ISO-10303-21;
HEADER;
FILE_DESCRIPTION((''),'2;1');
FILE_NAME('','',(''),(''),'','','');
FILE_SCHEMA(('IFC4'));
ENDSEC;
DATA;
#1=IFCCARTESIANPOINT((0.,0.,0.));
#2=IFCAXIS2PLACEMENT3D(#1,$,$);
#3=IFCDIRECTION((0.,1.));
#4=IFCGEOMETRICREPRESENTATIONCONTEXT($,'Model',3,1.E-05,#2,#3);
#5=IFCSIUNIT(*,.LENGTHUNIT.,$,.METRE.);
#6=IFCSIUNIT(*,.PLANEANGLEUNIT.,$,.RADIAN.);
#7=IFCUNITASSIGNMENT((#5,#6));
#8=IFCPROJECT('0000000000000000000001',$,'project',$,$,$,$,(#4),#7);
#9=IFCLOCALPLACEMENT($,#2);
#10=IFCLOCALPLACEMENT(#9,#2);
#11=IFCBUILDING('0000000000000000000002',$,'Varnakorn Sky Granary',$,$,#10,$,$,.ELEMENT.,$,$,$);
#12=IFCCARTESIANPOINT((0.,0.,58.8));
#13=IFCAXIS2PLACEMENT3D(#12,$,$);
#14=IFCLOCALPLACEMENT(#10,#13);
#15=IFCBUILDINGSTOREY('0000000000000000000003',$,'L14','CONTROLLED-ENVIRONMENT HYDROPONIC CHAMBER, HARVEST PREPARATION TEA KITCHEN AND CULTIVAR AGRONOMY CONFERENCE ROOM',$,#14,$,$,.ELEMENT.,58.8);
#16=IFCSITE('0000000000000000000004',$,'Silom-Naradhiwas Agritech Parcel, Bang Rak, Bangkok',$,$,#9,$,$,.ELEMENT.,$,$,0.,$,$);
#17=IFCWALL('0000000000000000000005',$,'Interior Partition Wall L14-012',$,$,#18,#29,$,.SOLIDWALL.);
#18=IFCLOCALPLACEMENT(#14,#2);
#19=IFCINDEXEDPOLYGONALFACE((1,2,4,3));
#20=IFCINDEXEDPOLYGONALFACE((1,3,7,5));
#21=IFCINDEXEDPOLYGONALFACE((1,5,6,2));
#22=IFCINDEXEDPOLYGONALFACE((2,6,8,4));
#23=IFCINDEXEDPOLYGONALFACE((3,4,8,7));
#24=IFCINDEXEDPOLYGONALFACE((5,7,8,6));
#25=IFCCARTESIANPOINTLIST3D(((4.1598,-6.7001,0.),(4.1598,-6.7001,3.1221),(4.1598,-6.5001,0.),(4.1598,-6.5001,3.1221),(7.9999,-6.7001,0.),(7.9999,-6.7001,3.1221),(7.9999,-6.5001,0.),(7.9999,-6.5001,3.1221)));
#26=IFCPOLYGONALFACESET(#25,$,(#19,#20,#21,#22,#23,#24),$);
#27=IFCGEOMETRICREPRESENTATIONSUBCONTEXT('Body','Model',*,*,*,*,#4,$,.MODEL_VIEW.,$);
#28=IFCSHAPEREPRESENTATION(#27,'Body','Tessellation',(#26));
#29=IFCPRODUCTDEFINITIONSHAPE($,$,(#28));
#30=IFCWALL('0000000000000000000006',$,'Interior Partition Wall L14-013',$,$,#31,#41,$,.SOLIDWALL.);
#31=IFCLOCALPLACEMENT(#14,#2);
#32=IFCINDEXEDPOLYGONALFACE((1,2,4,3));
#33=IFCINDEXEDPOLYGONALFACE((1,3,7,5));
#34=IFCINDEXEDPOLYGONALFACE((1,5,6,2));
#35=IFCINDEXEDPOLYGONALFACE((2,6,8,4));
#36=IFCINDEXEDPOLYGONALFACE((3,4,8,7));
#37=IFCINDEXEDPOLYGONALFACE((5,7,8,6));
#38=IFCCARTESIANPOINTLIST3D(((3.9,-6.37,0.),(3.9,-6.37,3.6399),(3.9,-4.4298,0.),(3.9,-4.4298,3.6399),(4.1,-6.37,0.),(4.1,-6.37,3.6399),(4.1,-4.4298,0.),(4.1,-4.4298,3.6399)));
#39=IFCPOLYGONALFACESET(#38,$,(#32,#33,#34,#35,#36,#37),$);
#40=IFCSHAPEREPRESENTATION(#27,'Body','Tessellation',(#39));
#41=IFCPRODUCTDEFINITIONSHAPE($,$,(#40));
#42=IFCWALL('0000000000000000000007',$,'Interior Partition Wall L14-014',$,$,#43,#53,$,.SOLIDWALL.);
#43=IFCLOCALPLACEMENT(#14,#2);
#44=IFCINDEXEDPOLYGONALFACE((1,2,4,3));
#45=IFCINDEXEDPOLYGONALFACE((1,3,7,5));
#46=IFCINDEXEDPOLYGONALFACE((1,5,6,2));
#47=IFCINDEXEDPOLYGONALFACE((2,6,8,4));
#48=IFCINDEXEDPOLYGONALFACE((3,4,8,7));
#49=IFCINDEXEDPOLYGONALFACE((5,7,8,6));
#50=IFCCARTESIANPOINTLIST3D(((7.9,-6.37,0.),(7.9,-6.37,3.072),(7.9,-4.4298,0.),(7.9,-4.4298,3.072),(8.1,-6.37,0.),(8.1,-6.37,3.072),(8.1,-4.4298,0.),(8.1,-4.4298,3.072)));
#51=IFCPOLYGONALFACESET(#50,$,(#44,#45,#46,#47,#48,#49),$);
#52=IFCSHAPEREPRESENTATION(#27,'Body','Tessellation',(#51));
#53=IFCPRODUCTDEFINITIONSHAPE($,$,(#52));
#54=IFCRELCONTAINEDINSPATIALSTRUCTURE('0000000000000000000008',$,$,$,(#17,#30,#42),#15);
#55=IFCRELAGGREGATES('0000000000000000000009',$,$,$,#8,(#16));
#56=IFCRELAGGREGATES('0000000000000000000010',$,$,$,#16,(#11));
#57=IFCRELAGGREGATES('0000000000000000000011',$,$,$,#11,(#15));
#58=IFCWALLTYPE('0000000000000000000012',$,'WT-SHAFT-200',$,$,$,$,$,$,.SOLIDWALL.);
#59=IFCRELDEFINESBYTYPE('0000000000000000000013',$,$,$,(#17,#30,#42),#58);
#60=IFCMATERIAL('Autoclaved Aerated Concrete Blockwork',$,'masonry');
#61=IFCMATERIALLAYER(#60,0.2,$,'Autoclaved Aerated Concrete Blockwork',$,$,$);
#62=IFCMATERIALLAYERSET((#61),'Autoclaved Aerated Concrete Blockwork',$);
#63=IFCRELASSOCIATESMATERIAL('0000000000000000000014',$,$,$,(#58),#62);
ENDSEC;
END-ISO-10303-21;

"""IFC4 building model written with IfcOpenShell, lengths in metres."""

from ifc_helpers import new_model, si_unit, direction, frame, frame_2d, origin, place, context, subcontext, project, spatial, rectangle, extrude, material, layer, layer_set, type_object, element, save


model = new_model("IFC4")

# Units and contexts
model_context = context("Model", 3, precision=1e-05, world=origin(), true_north=direction((0.0, 1.0)))
body_context = subcontext(model_context, "Body", "Model", "MODEL_VIEW")
ifc_project = project(units=[si_unit("LENGTHUNIT", "METRE"), si_unit("PLANEANGLEUNIT", "RADIAN")], contexts=[model_context])

# Site, building, storey
site_placement = place(None, origin())
site = spatial("IfcSite", under=ifc_project, at=site_placement, Name="Silom-Naradhiwas Agritech Parcel, Bang Rak, Bangkok", CompositionType="ELEMENT", RefElevation=0.0)
building_placement = place(site_placement, origin())
building = spatial("IfcBuilding", under=site, at=building_placement, Name="Varnakorn Sky Granary", CompositionType="ELEMENT")
storey_placement = place(building_placement, frame((0.0, 0.0, 58.8)))
storey = spatial("IfcBuildingStorey", under=building, at=storey_placement, Name="L14", Description="CONTROLLED-ENVIRONMENT HYDROPONIC CHAMBER, HARVEST PREPARATION TEA KITCHEN AND CULTIVAR AGRONOMY CONFERENCE ROOM", CompositionType="ELEMENT", Elevation=58.8)

# Shared definitions
ifc_material_1 = material(Name="Autoclaved Aerated Concrete Blockwork", Category="masonry")

# Walls
ifc_layer_1 = layer(ifc_material_1, 0.2, Name="Autoclaved Aerated Concrete Blockwork")
ifc_layer_set_1 = layer_set([ifc_layer_1], Name="Autoclaved Aerated Concrete Blockwork")
wall_type_1 = type_object("IfcWallType", Name="WT-SHAFT-200", PredefinedType="SOLIDWALL", material=ifc_layer_set_1)
wall_1_placement = place(storey_placement, frame((4.1599, -6.6001, 0.0), z_axis=(0.0, 0.0, 1.0), x_axis=(1.0, 0.0, 0.0)))
element("IfcWall", 1, at=wall_1_placement, inside=storey, type_object=wall_type_1, Name="Interior Partition Wall L14-012", PredefinedType="SOLIDWALL", context=body_context, shape_type="SweptSolid", body=[
    extrude(rectangle(XDim=3.8401, YDim=0.2, at=frame_2d((1.9199, 0.0))), origin(), (0.0, 0.0, 1.0), 3.1221),
])
wall_2_placement = place(storey_placement, frame((4.0, -6.3701, 0.0), z_axis=(0.0, 0.0, 1.0), x_axis=(0.0, 1.0, 0.0)))
element("IfcWall", 2, at=wall_2_placement, inside=storey, type_object=wall_type_1, Name="Interior Partition Wall L14-013", PredefinedType="SOLIDWALL", context=body_context, shape_type="SweptSolid", body=[
    extrude(rectangle(XDim=1.9402, YDim=0.2, at=frame_2d((0.9702, 0.0))), origin(), (0.0, 0.0, 1.0), 3.6399),
])
wall_3_placement = place(storey_placement, frame((8.0, -6.3701, 0.0), z_axis=(0.0, 0.0, 1.0), x_axis=(0.0, 1.0, 0.0)))
element("IfcWall", 3, at=wall_3_placement, inside=storey, type_object=wall_type_1, Name="Interior Partition Wall L14-014", PredefinedType="SOLIDWALL", context=body_context, shape_type="SweptSolid", body=[
    extrude(rectangle(XDim=1.9402, YDim=0.2, at=frame_2d((0.9702, 0.0))), origin(), (0.0, 0.0, 1.0), 3.072),
])

save(model, "model.ifc")
